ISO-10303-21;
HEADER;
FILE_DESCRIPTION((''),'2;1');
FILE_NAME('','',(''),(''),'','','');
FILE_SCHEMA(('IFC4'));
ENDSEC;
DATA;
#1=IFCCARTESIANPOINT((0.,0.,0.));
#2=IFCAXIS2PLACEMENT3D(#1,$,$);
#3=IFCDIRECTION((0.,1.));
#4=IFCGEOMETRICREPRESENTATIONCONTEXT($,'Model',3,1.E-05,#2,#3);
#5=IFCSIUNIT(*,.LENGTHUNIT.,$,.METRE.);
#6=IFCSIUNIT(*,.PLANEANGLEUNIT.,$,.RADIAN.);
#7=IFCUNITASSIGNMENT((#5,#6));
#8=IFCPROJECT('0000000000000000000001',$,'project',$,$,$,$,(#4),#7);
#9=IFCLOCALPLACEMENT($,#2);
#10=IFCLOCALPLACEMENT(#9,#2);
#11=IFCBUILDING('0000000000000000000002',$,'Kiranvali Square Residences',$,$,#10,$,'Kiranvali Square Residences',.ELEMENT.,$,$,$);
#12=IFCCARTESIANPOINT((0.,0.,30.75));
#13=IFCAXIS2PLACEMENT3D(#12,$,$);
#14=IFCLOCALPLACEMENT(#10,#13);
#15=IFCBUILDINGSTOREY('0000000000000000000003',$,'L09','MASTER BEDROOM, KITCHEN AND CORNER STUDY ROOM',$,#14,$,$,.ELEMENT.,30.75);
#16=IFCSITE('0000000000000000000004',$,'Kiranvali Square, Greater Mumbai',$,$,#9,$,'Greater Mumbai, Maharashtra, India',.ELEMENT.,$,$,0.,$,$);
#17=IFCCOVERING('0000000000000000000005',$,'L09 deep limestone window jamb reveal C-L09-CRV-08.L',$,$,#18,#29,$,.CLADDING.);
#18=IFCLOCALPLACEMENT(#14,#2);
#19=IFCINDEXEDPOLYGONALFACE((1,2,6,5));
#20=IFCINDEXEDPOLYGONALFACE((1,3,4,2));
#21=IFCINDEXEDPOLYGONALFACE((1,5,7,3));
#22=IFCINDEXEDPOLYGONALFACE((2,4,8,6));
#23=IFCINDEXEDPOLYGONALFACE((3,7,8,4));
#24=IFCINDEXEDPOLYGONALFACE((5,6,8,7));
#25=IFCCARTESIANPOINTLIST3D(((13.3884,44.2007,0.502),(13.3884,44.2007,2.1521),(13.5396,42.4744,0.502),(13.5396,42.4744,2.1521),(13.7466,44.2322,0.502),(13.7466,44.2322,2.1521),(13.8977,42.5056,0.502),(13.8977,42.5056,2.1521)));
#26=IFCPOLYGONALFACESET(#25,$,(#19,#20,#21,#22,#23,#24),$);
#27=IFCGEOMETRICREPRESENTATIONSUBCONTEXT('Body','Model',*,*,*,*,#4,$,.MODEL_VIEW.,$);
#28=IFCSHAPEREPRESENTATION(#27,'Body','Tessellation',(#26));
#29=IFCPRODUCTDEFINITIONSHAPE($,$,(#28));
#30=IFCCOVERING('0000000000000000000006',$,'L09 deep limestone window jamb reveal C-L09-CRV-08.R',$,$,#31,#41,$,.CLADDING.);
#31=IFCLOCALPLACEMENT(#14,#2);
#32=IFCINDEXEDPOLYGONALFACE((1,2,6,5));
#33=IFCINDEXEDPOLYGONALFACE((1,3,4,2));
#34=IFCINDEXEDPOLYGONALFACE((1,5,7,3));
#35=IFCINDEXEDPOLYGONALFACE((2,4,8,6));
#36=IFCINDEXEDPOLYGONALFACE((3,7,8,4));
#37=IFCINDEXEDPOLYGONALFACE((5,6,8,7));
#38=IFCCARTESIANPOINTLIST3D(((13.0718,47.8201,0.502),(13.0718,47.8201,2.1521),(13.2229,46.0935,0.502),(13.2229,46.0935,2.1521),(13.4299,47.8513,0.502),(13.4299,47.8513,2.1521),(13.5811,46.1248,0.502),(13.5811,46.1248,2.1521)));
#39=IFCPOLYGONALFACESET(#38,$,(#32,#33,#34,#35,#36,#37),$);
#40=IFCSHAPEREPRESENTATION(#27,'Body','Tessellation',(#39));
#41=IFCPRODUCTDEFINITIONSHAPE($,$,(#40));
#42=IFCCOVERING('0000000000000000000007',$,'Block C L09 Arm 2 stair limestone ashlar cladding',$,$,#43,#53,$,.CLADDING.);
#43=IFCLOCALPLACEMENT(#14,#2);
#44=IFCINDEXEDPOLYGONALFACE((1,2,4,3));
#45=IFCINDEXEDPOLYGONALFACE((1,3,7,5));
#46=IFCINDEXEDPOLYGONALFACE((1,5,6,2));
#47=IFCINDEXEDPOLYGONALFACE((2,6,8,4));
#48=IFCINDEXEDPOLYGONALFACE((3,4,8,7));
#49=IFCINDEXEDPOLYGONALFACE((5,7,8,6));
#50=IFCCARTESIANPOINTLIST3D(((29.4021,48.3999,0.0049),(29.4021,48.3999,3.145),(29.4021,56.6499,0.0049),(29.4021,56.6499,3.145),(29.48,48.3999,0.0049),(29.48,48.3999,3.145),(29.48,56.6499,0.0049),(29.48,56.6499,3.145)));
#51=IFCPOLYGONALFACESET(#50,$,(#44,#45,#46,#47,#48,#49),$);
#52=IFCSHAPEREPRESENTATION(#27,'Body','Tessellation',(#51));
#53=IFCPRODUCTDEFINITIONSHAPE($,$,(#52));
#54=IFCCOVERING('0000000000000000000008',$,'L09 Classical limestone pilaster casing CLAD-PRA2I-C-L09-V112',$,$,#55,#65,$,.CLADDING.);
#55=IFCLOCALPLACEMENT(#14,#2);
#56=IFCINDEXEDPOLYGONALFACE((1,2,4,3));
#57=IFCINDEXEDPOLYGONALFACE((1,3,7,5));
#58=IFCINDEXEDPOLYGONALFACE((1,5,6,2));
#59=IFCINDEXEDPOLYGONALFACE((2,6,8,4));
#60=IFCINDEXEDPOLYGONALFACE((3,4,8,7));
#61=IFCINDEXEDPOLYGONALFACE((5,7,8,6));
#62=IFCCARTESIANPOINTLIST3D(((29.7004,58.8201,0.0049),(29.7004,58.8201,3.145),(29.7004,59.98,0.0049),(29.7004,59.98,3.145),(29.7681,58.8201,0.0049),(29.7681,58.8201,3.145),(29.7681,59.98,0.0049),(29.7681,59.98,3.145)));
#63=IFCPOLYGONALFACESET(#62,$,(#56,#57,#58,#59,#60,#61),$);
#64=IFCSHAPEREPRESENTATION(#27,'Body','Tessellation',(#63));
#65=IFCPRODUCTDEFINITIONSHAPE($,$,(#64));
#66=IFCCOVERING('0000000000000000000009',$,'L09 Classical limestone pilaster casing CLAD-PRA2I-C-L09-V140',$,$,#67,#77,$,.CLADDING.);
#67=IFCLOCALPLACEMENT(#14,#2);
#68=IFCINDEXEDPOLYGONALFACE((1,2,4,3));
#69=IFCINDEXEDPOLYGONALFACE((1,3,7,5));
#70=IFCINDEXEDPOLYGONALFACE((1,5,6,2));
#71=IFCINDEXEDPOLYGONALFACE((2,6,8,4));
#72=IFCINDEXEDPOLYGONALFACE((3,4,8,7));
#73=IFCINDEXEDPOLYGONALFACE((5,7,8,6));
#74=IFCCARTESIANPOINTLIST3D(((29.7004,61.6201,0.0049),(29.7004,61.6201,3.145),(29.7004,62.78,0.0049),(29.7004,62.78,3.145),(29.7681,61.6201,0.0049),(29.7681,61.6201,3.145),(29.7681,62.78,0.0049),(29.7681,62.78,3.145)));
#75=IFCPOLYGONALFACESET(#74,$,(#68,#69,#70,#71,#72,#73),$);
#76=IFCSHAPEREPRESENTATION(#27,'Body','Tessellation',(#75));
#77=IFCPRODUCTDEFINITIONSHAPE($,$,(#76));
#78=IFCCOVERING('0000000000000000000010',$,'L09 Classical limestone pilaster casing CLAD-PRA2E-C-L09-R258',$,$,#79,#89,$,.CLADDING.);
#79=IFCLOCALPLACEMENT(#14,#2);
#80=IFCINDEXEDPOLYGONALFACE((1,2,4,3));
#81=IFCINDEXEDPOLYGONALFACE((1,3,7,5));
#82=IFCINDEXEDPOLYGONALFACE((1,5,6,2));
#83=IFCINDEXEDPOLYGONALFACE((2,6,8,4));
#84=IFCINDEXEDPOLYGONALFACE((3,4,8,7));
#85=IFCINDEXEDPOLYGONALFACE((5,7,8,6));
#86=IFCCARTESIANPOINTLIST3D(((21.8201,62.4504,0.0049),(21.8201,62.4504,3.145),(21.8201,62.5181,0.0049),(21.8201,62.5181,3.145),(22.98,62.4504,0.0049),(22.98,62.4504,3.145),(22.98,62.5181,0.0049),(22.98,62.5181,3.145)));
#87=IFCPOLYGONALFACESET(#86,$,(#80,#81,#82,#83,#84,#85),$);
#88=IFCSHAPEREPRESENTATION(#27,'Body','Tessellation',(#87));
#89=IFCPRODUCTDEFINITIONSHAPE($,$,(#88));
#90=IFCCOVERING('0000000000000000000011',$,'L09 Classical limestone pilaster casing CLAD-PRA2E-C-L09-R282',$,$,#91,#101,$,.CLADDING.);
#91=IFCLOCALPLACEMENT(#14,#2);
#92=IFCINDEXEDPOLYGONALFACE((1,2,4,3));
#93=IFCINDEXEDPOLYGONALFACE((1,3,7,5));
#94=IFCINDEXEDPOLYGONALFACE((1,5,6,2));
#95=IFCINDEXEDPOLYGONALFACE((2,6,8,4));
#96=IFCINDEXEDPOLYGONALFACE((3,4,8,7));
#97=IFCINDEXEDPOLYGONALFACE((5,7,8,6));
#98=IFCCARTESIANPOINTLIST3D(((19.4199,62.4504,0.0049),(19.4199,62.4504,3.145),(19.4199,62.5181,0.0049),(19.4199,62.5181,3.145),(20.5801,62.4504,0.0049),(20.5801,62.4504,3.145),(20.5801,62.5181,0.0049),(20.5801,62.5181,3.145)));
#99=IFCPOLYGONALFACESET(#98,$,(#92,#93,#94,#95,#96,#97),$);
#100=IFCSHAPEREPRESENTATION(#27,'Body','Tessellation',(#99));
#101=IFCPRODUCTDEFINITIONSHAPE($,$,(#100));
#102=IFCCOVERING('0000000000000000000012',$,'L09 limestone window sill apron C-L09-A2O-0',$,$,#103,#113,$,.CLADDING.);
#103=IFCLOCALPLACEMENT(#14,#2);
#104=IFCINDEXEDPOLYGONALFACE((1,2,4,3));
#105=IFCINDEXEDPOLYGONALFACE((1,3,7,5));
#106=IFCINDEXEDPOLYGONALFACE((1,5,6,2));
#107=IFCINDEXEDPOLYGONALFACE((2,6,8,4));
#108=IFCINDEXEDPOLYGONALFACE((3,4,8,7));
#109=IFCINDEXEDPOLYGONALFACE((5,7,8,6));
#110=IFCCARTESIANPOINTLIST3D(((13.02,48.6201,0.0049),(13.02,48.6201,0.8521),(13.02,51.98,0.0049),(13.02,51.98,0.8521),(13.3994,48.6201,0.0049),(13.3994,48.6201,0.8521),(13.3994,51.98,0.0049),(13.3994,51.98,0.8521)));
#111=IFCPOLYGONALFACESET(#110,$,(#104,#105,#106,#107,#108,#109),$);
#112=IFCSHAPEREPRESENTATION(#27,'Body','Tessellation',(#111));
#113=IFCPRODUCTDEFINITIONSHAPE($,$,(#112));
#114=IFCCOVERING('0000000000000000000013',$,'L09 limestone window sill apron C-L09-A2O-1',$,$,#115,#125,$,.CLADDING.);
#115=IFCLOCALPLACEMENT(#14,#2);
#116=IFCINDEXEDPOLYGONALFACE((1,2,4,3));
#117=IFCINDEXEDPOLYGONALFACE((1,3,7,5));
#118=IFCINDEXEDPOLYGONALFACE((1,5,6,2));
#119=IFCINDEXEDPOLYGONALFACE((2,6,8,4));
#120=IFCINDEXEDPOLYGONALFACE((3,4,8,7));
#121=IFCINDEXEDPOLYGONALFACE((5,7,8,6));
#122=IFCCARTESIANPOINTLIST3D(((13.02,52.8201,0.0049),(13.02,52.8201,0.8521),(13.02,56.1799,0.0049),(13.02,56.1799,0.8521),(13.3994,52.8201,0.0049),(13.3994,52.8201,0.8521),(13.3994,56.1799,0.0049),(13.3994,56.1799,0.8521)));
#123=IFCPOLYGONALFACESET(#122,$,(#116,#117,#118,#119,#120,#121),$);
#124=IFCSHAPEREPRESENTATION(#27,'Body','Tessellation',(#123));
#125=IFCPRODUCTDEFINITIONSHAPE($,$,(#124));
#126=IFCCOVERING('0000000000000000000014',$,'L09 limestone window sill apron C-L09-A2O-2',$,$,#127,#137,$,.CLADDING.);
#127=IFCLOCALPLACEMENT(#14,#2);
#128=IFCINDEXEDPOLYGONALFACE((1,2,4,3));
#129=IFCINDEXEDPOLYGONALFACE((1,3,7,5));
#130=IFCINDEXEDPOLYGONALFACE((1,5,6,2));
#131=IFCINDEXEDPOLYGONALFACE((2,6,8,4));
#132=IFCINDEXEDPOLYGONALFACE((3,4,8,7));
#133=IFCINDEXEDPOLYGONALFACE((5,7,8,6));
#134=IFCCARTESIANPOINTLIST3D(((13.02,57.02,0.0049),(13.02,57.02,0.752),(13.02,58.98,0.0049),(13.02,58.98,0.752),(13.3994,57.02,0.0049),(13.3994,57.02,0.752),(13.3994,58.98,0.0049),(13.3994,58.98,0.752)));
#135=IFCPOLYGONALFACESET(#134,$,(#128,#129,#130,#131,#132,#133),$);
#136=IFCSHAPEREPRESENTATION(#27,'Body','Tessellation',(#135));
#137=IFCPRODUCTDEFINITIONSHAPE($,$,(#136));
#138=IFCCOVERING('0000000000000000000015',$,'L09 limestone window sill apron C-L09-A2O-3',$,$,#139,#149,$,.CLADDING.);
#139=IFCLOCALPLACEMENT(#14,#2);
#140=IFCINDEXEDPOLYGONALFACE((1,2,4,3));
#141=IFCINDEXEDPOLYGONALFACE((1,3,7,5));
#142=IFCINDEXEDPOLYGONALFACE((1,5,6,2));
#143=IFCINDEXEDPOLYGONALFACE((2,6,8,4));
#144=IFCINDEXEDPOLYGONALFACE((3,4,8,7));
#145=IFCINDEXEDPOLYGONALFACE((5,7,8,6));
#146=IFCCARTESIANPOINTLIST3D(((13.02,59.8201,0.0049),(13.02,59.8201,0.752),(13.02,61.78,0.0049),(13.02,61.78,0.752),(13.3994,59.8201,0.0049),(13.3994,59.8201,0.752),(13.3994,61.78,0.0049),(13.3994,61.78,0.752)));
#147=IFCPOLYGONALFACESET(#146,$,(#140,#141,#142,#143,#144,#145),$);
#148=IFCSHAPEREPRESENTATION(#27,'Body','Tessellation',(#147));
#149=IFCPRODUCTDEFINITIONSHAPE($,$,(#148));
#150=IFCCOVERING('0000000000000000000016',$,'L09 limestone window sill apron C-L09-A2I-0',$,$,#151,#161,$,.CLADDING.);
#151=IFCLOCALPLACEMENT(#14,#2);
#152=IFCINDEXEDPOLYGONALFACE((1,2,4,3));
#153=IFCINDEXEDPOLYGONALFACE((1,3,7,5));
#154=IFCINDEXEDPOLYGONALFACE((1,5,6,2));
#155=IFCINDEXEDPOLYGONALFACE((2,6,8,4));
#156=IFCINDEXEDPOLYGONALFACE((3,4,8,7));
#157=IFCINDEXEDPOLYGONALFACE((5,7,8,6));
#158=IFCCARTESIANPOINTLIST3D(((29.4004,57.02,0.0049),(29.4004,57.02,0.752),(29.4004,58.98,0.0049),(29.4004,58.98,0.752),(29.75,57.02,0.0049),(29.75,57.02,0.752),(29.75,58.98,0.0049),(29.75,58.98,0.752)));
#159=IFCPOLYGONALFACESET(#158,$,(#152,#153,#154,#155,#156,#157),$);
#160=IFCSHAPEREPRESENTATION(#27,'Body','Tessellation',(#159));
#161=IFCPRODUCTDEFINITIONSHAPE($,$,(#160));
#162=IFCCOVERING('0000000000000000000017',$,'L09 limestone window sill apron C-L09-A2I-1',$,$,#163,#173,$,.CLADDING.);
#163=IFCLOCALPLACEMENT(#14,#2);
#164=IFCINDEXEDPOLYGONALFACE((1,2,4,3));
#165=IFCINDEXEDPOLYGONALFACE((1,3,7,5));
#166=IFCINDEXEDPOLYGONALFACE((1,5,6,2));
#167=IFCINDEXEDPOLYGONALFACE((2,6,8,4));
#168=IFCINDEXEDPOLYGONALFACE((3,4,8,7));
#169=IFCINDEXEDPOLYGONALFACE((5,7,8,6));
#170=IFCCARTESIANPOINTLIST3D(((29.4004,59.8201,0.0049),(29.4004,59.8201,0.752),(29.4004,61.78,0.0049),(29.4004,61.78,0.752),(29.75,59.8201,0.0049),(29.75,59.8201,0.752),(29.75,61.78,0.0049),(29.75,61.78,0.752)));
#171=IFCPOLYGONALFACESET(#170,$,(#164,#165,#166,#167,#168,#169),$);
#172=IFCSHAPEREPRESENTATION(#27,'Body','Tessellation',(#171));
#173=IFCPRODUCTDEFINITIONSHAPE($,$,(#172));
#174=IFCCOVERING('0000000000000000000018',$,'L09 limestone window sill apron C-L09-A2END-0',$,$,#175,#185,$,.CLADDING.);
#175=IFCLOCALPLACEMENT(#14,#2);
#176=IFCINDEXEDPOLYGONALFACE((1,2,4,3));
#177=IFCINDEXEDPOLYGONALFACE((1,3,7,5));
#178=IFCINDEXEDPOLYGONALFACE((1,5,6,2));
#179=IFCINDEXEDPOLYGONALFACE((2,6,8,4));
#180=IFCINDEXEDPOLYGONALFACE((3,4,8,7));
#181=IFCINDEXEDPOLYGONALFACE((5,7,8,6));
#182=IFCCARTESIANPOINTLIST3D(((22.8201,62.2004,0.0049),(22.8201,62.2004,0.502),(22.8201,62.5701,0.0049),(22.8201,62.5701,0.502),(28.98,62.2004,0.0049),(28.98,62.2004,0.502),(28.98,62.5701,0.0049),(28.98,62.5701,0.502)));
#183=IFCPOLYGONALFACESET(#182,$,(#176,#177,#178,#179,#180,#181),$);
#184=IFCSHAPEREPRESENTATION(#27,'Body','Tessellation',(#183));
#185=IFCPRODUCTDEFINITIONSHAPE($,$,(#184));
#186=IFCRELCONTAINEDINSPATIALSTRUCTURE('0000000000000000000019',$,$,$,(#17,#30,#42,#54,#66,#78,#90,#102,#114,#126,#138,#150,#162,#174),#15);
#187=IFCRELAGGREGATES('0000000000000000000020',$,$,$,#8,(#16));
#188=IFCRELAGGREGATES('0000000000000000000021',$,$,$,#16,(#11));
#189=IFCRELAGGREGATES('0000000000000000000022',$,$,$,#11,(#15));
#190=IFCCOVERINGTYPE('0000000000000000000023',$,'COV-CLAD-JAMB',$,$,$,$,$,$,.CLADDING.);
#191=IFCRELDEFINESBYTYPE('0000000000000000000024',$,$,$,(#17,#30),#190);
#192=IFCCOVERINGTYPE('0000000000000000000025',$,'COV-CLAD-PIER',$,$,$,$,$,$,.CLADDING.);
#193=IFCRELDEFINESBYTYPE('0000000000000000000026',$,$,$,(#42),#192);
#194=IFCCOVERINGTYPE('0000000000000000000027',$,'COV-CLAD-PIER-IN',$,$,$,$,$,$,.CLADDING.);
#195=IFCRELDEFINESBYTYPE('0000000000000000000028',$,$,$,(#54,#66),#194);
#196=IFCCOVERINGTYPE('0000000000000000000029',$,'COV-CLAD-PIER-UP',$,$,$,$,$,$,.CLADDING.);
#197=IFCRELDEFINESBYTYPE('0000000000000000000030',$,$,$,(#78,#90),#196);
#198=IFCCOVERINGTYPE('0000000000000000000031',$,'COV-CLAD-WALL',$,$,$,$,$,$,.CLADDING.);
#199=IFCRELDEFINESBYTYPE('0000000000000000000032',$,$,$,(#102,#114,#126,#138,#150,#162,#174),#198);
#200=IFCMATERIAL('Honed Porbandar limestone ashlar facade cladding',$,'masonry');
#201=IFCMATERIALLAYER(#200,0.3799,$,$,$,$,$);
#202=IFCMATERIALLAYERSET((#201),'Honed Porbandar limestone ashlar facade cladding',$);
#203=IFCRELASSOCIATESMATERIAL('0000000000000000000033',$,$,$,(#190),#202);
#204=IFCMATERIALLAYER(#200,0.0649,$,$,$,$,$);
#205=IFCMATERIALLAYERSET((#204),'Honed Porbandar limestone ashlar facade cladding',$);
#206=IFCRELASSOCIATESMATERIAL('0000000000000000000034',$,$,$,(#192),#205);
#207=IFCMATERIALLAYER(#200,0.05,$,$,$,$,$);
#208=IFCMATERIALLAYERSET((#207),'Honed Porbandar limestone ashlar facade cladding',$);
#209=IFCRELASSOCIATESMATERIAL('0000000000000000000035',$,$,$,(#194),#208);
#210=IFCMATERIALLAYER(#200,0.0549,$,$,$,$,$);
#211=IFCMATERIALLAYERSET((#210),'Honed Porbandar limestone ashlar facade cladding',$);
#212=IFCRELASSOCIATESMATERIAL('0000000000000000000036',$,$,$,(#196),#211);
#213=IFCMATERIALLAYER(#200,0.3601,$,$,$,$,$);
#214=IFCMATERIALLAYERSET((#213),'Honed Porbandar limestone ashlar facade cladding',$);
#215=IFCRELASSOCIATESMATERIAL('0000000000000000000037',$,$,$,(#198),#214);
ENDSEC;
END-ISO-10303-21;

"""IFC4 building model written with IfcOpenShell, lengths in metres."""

from ifc_helpers import new_model, si_unit, direction, frame, origin, place, context, subcontext, project, spatial, polyline, outline, extrude, material, layer, layer_set, type_object, element, save


model = new_model("IFC4")

# Units and contexts
model_context = context("Model", 3, precision=1e-05, world=origin(), true_north=direction((0.0, 1.0)))
body_context = subcontext(model_context, "Body", "Model", "MODEL_VIEW")
ifc_project = project(units=[si_unit("LENGTHUNIT", "METRE"), si_unit("PLANEANGLEUNIT", "RADIAN")], contexts=[model_context])

# Site, building, storey
site_placement = place(None, origin())
site = spatial("IfcSite", under=ifc_project, at=site_placement, Name="Kiranvali Square, Greater Mumbai", LongName="Greater Mumbai, Maharashtra, India", CompositionType="ELEMENT", RefElevation=0.0)
building_placement = place(site_placement, origin())
building = spatial("IfcBuilding", under=site, at=building_placement, Name="Kiranvali Square Residences", LongName="Kiranvali Square Residences", CompositionType="ELEMENT")
storey_placement = place(building_placement, frame((0.0, 0.0, 30.75)))
storey = spatial("IfcBuildingStorey", under=building, at=storey_placement, Name="L09", Description="MASTER BEDROOM, KITCHEN AND CORNER STUDY ROOM", CompositionType="ELEMENT", Elevation=30.75)

# Coverings
ifc_material = material(Name="Honed Porbandar limestone ashlar facade cladding", Category="masonry")
ifc_layer_1 = layer(ifc_material, 0.3799)
ifc_layer_set_1 = layer_set([ifc_layer_1], Name="Honed Porbandar limestone ashlar facade cladding")
covering_type_1 = type_object("IfcCoveringType", Name="COV-CLAD-JAMB", PredefinedType="CLADDING", material=ifc_layer_set_1)
covering_1_placement = place(storey_placement, frame((0.0, 0.0, 0.502)))
element("IfcCovering", 1, at=covering_1_placement, inside=storey, type_object=covering_type_1, Name="L09 deep limestone window jamb reveal C-L09-CRV-08.L", PredefinedType="CLADDING", context=body_context, shape_type="SweptSolid", body=[
    extrude(outline(polyline([(13.8977, 42.5056), (13.7466, 44.2322), (13.3884, 44.2007), (13.5396, 42.4744), (13.8977, 42.5056)])), origin(), (0.0, 0.0, 1.0), 1.6501),
])
covering_2_placement = place(storey_placement, frame((0.0, 0.0, 0.502)))
element("IfcCovering", 2, at=covering_2_placement, inside=storey, type_object=covering_type_1, Name="L09 deep limestone window jamb reveal C-L09-CRV-08.R", PredefinedType="CLADDING", context=body_context, shape_type="SweptSolid", body=[
    extrude(outline(polyline([(13.5811, 46.1248), (13.4299, 47.8513), (13.0718, 47.8201), (13.2229, 46.0935), (13.5811, 46.1248)])), origin(), (0.0, 0.0, 1.0), 1.6501),
])
ifc_layer_2 = layer(ifc_material, 0.0649)
ifc_layer_set_2 = layer_set([ifc_layer_2], Name="Honed Porbandar limestone ashlar facade cladding")
covering_type_2 = type_object("IfcCoveringType", Name="COV-CLAD-PIER", PredefinedType="CLADDING", material=ifc_layer_set_2)
covering_3_placement = place(storey_placement, frame((0.0, 0.0, 0.0049)))
element("IfcCovering", 3, at=covering_3_placement, inside=storey, type_object=covering_type_2, Name="Block C L09 Arm 2 stair limestone ashlar cladding", PredefinedType="CLADDING", context=body_context, shape_type="SweptSolid", body=[
    extrude(outline(polyline([(29.48, 48.3999), (29.48, 56.6499), (29.4021, 56.6499), (29.4021, 48.3999), (29.48, 48.3999)])), origin(), (0.0, 0.0, 1.0), 3.1401),
])
ifc_layer_3 = layer(ifc_material, 0.05)
ifc_layer_set_3 = layer_set([ifc_layer_3], Name="Honed Porbandar limestone ashlar facade cladding")
covering_type_3 = type_object("IfcCoveringType", Name="COV-CLAD-PIER-IN", PredefinedType="CLADDING", material=ifc_layer_set_3)
covering_4_placement = place(storey_placement, frame((0.0, 0.0, 0.0049)))
element("IfcCovering", 4, at=covering_4_placement, inside=storey, type_object=covering_type_3, Name="L09 Classical limestone pilaster casing CLAD-PRA2I-C-L09-V112", PredefinedType="CLADDING", context=body_context, shape_type="SweptSolid", body=[
    extrude(outline(polyline([(29.7681, 58.8201), (29.7681, 59.98), (29.7004, 59.98), (29.7004, 58.8201), (29.7681, 58.8201)])), origin(), (0.0, 0.0, 1.0), 3.1401),
])
covering_5_placement = place(storey_placement, frame((0.0, 0.0, 0.0049)))
element("IfcCovering", 5, at=covering_5_placement, inside=storey, type_object=covering_type_3, Name="L09 Classical limestone pilaster casing CLAD-PRA2I-C-L09-V140", PredefinedType="CLADDING", context=body_context, shape_type="SweptSolid", body=[
    extrude(outline(polyline([(29.7681, 61.6201), (29.7681, 62.78), (29.7004, 62.78), (29.7004, 61.6201), (29.7681, 61.6201)])), origin(), (0.0, 0.0, 1.0), 3.1401),
])
ifc_layer_4 = layer(ifc_material, 0.0549)
ifc_layer_set_4 = layer_set([ifc_layer_4], Name="Honed Porbandar limestone ashlar facade cladding")
covering_type_4 = type_object("IfcCoveringType", Name="COV-CLAD-PIER-UP", PredefinedType="CLADDING", material=ifc_layer_set_4)
covering_6_placement = place(storey_placement, frame((0.0, 0.0, 0.0049)))
element("IfcCovering", 6, at=covering_6_placement, inside=storey, type_object=covering_type_4, Name="L09 Classical limestone pilaster casing CLAD-PRA2E-C-L09-R258", PredefinedType="CLADDING", context=body_context, shape_type="SweptSolid", body=[
    extrude(outline(polyline([(22.98, 62.5181), (21.8201, 62.5181), (21.8201, 62.4504), (22.98, 62.4504), (22.98, 62.5181)])), origin(), (0.0, 0.0, 1.0), 3.1401),
])
covering_7_placement = place(storey_placement, frame((0.0, 0.0, 0.0049)))
element("IfcCovering", 7, at=covering_7_placement, inside=storey, type_object=covering_type_4, Name="L09 Classical limestone pilaster casing CLAD-PRA2E-C-L09-R282", PredefinedType="CLADDING", context=body_context, shape_type="SweptSolid", body=[
    extrude(outline(polyline([(20.5801, 62.5181), (19.4199, 62.5181), (19.4199, 62.4504), (20.5801, 62.4504), (20.5801, 62.5181)])), origin(), (0.0, 0.0, 1.0), 3.1401),
])
ifc_layer_5 = layer(ifc_material, 0.3601)
ifc_layer_set_5 = layer_set([ifc_layer_5], Name="Honed Porbandar limestone ashlar facade cladding")
covering_type_5 = type_object("IfcCoveringType", Name="COV-CLAD-WALL", PredefinedType="CLADDING", material=ifc_layer_set_5)
covering_8_placement = place(storey_placement, frame((0.0, 0.0, 0.0049)))
element("IfcCovering", 8, at=covering_8_placement, inside=storey, type_object=covering_type_5, Name="L09 limestone window sill apron C-L09-A2O-0", PredefinedType="CLADDING", context=body_context, shape_type="SweptSolid", body=[
    extrude(outline(polyline([(13.3994, 48.6201), (13.3994, 51.98), (13.02, 51.98), (13.02, 48.6201), (13.3994, 48.6201)])), origin(), (0.0, 0.0, 1.0), 0.8472),
])
covering_9_placement = place(storey_placement, frame((0.0, 0.0, 0.0049)))
element("IfcCovering", 9, at=covering_9_placement, inside=storey, type_object=covering_type_5, Name="L09 limestone window sill apron C-L09-A2O-1", PredefinedType="CLADDING", context=body_context, shape_type="SweptSolid", body=[
    extrude(outline(polyline([(13.3994, 52.8201), (13.3994, 56.1799), (13.02, 56.1799), (13.02, 52.8201), (13.3994, 52.8201)])), origin(), (0.0, 0.0, 1.0), 0.8472),
])
covering_10_placement = place(storey_placement, frame((0.0, 0.0, 0.0049)))
element("IfcCovering", 10, at=covering_10_placement, inside=storey, type_object=covering_type_5, Name="L09 limestone window sill apron C-L09-A2O-2", PredefinedType="CLADDING", context=body_context, shape_type="SweptSolid", body=[
    extrude(outline(polyline([(13.3994, 57.02), (13.3994, 58.98), (13.02, 58.98), (13.02, 57.02), (13.3994, 57.02)])), origin(), (0.0, 0.0, 1.0), 0.7471),
])
covering_11_placement = place(storey_placement, frame((0.0, 0.0, 0.0049)))
element("IfcCovering", 11, at=covering_11_placement, inside=storey, type_object=covering_type_5, Name="L09 limestone window sill apron C-L09-A2O-3", PredefinedType="CLADDING", context=body_context, shape_type="SweptSolid", body=[
    extrude(outline(polyline([(13.3994, 59.8201), (13.3994, 61.78), (13.02, 61.78), (13.02, 59.8201), (13.3994, 59.8201)])), origin(), (0.0, 0.0, 1.0), 0.7471),
])
covering_12_placement = place(storey_placement, frame((0.0, 0.0, 0.0049)))
element("IfcCovering", 12, at=covering_12_placement, inside=storey, type_object=covering_type_5, Name="L09 limestone window sill apron C-L09-A2I-0", PredefinedType="CLADDING", context=body_context, shape_type="SweptSolid", body=[
    extrude(outline(polyline([(29.75, 57.02), (29.75, 58.98), (29.4004, 58.98), (29.4004, 57.02), (29.75, 57.02)])), origin(), (0.0, 0.0, 1.0), 0.7471),
])
covering_13_placement = place(storey_placement, frame((0.0, 0.0, 0.0049)))
element("IfcCovering", 13, at=covering_13_placement, inside=storey, type_object=covering_type_5, Name="L09 limestone window sill apron C-L09-A2I-1", PredefinedType="CLADDING", context=body_context, shape_type="SweptSolid", body=[
    extrude(outline(polyline([(29.75, 59.8201), (29.75, 61.78), (29.4004, 61.78), (29.4004, 59.8201), (29.75, 59.8201)])), origin(), (0.0, 0.0, 1.0), 0.7471),
])
covering_14_placement = place(storey_placement, frame((0.0, 0.0, 0.0049)))
element("IfcCovering", 14, at=covering_14_placement, inside=storey, type_object=covering_type_5, Name="L09 limestone window sill apron C-L09-A2END-0", PredefinedType="CLADDING", context=body_context, shape_type="SweptSolid", body=[
    extrude(outline(polyline([(28.98, 62.5701), (22.8201, 62.5701), (22.8201, 62.2004), (28.98, 62.2004), (28.98, 62.5701)])), origin(), (0.0, 0.0, 1.0), 0.4971),
])

save(model, "model.ifc")
